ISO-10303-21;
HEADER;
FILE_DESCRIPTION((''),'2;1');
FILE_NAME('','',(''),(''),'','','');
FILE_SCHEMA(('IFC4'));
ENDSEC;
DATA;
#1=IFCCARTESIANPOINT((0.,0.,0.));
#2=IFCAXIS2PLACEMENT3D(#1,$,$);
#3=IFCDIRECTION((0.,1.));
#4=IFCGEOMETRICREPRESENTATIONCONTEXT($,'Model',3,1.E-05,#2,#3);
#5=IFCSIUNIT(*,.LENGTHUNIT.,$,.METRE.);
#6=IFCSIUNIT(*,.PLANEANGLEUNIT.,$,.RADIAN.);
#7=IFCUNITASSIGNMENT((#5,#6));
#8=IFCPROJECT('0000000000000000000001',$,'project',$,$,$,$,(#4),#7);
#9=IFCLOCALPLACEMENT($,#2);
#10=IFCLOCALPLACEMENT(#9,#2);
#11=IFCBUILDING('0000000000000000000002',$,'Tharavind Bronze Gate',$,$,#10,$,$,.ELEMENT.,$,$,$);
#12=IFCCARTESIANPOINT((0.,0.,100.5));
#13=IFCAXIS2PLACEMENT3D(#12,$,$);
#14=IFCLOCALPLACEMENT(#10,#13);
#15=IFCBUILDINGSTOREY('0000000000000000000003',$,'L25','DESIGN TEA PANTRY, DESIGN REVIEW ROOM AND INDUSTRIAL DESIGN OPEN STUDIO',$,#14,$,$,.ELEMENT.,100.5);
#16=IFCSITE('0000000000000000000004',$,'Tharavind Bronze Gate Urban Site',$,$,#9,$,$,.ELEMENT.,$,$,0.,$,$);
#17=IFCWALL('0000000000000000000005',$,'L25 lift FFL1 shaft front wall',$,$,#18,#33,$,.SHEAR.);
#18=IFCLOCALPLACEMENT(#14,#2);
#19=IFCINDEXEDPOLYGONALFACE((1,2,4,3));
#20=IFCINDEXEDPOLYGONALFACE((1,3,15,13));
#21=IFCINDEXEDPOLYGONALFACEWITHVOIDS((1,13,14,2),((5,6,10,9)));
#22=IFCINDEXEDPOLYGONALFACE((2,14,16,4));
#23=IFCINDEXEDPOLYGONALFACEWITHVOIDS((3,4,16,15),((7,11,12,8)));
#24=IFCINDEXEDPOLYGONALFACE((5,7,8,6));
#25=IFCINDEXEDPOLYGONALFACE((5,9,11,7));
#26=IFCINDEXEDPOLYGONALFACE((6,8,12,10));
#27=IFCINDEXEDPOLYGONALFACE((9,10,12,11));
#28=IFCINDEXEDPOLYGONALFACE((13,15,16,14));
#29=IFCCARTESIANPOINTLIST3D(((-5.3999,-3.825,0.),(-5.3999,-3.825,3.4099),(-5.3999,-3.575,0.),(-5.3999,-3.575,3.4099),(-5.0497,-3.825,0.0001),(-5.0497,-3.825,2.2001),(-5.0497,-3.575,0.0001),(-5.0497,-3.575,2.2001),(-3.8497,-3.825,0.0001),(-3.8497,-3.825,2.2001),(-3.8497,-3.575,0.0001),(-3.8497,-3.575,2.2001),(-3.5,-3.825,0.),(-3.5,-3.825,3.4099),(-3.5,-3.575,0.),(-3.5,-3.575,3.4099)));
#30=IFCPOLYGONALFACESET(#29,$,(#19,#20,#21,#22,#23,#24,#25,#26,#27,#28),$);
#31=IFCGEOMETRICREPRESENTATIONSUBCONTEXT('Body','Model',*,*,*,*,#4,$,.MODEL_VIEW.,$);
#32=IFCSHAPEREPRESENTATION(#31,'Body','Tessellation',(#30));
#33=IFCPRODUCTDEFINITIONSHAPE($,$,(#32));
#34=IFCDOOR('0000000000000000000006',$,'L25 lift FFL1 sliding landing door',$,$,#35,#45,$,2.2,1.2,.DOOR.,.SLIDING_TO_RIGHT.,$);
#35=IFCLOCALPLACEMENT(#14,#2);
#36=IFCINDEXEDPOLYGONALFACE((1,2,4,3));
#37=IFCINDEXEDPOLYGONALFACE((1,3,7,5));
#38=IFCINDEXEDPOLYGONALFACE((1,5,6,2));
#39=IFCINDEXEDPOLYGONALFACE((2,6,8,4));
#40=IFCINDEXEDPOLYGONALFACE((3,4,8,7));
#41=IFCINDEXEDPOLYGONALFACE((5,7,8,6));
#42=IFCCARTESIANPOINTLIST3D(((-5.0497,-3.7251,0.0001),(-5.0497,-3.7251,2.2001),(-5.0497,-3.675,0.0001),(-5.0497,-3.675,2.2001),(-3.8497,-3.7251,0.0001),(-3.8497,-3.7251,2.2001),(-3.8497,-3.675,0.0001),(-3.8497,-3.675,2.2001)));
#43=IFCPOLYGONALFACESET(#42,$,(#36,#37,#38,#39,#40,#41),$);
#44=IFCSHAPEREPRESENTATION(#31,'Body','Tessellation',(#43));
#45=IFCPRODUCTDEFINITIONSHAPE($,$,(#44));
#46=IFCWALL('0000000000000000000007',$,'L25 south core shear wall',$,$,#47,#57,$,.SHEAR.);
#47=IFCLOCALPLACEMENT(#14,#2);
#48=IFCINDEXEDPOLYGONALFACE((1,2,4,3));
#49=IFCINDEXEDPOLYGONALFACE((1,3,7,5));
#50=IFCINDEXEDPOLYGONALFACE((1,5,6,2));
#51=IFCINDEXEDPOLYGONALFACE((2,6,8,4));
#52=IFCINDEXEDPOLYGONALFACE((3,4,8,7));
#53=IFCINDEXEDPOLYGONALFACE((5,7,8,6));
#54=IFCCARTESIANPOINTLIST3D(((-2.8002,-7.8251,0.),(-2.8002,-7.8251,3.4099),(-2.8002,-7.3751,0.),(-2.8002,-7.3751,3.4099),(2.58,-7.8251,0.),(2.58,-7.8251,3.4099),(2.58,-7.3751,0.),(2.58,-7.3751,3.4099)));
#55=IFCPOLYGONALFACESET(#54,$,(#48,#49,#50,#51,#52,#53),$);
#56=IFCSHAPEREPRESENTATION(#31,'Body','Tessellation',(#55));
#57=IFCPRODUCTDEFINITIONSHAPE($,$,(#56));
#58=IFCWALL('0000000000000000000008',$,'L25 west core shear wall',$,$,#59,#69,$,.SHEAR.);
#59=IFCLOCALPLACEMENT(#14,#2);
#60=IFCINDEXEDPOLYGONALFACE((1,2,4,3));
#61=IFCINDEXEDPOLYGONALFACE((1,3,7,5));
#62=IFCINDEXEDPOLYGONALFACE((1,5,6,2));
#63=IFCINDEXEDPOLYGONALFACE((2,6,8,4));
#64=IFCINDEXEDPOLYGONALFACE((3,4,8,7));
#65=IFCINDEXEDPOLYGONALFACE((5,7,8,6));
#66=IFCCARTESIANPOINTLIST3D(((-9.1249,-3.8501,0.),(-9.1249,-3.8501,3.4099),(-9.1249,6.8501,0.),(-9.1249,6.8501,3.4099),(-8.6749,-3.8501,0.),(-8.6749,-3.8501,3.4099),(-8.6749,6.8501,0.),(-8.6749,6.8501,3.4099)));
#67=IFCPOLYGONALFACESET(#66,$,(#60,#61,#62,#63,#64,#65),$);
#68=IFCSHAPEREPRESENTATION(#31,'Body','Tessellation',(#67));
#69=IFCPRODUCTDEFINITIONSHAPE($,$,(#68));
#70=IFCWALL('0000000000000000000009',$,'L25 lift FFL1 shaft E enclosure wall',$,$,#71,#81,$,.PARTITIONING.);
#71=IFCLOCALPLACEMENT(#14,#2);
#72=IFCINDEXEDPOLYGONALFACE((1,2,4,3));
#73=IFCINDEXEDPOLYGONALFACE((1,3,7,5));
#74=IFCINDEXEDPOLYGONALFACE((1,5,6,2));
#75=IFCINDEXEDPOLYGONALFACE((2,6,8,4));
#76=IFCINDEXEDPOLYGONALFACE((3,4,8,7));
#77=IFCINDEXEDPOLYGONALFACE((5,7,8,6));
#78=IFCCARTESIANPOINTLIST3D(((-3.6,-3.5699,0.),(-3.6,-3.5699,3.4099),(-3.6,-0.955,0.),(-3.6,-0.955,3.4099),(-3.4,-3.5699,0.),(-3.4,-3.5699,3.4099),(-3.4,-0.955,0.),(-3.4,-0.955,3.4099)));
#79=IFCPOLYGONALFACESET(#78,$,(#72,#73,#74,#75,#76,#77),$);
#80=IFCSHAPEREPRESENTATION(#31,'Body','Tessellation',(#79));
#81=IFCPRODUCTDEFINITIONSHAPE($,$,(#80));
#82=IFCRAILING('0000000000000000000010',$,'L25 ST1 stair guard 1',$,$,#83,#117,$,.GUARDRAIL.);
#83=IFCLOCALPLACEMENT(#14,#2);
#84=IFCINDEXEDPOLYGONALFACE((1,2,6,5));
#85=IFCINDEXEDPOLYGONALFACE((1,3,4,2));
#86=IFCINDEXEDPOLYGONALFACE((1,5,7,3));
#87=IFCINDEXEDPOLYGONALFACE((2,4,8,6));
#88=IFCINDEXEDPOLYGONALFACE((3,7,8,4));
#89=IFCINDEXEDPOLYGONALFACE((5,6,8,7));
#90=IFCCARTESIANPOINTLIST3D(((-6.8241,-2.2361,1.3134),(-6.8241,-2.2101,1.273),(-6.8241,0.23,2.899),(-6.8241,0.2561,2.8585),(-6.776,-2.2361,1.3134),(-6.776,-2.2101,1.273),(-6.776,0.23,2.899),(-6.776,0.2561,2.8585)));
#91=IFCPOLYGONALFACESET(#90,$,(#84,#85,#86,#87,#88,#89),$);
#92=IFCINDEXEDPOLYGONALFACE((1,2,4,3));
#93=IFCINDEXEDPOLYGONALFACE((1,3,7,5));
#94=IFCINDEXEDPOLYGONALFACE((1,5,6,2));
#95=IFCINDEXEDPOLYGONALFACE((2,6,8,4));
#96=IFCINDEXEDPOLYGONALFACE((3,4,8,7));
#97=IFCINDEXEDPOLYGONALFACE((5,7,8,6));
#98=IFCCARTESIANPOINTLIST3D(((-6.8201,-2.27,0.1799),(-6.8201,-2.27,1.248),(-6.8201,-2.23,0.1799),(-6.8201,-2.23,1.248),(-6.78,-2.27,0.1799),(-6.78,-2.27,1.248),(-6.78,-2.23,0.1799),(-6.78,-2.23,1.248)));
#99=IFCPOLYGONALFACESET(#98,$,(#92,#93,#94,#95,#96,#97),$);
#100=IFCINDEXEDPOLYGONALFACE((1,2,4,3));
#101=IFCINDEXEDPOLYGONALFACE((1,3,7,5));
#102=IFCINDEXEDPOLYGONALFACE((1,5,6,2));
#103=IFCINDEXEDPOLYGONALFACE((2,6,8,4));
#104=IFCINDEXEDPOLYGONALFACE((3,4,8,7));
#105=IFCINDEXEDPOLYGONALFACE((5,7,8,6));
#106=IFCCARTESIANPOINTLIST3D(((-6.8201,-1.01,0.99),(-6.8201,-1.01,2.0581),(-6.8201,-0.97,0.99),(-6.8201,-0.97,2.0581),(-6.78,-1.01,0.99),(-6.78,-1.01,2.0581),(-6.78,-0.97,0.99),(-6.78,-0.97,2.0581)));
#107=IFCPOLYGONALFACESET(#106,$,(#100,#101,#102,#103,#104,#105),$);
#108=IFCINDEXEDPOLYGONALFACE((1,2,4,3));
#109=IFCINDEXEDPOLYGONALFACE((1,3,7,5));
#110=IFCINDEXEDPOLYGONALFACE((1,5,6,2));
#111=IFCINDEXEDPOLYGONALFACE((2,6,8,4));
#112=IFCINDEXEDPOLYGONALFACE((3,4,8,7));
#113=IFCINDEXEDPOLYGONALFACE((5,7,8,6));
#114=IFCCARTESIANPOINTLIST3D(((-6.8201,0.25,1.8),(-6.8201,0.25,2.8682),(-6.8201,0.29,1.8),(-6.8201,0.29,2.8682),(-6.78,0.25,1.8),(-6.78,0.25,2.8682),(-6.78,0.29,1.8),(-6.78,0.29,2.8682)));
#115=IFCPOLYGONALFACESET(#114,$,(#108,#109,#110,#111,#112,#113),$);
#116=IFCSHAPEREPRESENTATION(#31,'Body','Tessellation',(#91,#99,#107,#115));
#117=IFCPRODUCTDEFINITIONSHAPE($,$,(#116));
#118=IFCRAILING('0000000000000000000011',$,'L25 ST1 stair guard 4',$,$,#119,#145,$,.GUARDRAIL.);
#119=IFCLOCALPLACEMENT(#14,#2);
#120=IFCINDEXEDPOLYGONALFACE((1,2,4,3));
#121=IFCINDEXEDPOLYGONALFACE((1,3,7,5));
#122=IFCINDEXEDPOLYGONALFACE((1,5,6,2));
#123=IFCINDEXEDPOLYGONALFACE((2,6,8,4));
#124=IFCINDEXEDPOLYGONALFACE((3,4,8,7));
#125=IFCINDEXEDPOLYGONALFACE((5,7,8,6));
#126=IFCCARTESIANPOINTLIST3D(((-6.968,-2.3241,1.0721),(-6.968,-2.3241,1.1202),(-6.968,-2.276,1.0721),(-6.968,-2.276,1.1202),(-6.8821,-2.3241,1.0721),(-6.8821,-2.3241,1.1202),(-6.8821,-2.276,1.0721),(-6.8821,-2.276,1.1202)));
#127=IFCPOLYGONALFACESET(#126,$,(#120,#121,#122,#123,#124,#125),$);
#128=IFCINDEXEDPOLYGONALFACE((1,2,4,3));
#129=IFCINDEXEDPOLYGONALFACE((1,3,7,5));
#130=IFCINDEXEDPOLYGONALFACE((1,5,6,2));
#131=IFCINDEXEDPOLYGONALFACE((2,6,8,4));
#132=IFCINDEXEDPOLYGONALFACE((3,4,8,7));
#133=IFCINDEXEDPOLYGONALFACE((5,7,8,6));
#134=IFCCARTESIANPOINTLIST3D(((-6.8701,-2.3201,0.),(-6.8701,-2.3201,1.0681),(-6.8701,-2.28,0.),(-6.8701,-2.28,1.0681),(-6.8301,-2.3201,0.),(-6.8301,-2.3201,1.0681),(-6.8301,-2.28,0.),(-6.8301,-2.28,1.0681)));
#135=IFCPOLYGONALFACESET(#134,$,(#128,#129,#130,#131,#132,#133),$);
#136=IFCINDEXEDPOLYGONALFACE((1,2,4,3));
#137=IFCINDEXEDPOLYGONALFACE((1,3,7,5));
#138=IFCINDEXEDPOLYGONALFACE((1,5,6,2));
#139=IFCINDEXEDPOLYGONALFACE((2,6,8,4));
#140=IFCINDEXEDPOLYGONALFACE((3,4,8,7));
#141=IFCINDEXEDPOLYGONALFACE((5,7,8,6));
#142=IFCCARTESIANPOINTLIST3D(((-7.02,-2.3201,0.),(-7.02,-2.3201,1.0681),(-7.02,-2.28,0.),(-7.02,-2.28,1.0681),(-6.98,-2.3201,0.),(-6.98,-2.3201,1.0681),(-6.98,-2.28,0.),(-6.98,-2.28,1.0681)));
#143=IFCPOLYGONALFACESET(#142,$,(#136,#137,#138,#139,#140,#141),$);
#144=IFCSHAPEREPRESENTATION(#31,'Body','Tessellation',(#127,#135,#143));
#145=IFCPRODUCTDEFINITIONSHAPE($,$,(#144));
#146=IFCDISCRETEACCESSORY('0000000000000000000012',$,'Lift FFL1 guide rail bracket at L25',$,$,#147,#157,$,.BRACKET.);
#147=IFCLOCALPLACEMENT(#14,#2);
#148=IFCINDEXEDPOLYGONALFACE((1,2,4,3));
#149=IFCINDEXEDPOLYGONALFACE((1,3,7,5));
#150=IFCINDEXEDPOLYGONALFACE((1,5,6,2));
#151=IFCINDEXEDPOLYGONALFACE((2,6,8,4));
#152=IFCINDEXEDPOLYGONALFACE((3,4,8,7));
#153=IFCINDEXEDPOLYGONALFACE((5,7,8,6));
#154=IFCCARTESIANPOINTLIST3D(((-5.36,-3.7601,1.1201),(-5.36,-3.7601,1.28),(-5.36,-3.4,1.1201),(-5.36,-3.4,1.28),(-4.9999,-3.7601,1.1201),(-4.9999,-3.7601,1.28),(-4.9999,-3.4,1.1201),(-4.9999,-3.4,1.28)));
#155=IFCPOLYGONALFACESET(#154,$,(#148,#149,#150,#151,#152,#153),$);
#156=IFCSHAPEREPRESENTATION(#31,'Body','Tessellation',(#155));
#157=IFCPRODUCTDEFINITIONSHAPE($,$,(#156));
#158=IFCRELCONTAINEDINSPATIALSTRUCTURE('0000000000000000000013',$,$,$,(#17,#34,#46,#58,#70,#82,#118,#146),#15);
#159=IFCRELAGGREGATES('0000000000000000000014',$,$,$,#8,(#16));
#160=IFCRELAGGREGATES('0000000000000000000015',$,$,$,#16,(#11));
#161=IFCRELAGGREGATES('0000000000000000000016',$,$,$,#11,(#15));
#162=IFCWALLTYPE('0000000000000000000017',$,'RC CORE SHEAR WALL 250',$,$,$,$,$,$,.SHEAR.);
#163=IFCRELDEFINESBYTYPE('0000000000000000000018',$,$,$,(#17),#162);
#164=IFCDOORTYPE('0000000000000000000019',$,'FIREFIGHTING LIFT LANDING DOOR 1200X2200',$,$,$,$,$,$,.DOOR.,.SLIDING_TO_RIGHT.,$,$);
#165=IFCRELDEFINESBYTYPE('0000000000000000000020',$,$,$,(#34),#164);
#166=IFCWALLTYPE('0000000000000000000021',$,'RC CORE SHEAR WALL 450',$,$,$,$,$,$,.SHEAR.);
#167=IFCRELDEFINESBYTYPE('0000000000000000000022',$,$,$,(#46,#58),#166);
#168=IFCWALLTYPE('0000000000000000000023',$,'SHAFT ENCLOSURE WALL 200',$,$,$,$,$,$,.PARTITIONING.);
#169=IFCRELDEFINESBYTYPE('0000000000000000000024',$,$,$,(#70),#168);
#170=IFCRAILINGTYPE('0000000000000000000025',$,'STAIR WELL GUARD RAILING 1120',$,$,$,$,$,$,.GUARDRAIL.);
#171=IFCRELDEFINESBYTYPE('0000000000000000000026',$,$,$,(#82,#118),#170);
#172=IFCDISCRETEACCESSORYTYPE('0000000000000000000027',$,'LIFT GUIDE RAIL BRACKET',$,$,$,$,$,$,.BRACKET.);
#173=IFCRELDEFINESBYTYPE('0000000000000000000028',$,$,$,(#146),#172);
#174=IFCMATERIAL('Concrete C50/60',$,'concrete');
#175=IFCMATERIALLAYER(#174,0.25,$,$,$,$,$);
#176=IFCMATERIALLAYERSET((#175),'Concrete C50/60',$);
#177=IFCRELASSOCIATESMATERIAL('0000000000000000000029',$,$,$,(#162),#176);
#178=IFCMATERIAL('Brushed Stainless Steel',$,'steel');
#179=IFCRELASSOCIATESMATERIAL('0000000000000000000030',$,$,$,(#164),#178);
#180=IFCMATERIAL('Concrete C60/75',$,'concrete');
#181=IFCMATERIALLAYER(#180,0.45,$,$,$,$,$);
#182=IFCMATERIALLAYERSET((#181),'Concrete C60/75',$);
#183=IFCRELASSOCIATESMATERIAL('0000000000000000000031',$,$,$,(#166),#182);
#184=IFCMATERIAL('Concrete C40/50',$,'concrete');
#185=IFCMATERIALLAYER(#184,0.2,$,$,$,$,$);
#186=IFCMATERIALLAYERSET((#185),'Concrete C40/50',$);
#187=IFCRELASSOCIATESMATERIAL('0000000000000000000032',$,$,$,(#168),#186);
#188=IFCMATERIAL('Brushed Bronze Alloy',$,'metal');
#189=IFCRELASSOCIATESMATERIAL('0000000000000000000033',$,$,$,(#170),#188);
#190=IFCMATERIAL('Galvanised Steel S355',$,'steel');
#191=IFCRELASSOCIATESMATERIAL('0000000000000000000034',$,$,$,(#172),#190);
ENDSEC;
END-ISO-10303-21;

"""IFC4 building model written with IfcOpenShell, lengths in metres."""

from ifc_helpers import new_model, si_unit, direction, frame, frame_2d, origin, origin_2d, place, context, subcontext, project, spatial, rectangle, extrude, material, layer, layer_set, type_object, element, fill, save


model = new_model("IFC4")

# Units and contexts
model_context = context("Model", 3, precision=1e-05, world=origin(), true_north=direction((0.0, 1.0)))
body_context = subcontext(model_context, "Body", "Model", "MODEL_VIEW")
ifc_project = project(units=[si_unit("LENGTHUNIT", "METRE"), si_unit("PLANEANGLEUNIT", "RADIAN")], contexts=[model_context])

# Site, building, storey
site_placement = place(None, origin())
site = spatial("IfcSite", under=ifc_project, at=site_placement, Name="Tharavind Bronze Gate Urban Site", CompositionType="ELEMENT", RefElevation=0.0)
building_placement = place(site_placement, origin())
building = spatial("IfcBuilding", under=site, at=building_placement, Name="Tharavind Bronze Gate", CompositionType="ELEMENT")
storey_placement = place(building_placement, frame((0.0, 0.0, 100.5)))
storey = spatial("IfcBuildingStorey", under=building, at=storey_placement, Name="L25", Description="DESIGN TEA PANTRY, DESIGN REVIEW ROOM AND INDUSTRIAL DESIGN OPEN STUDIO", CompositionType="ELEMENT", Elevation=100.5)

# Shared definitions
ifc_material_1 = material(Name="Concrete C60/75", Category="concrete")

# Shared definitions
ifc_material_2 = material(Name="Concrete C50/60", Category="concrete")
ifc_layer_1 = layer(ifc_material_2, 0.25)
ifc_layer_set_1 = layer_set([ifc_layer_1], Name="Concrete C50/60")
wall_type_1 = type_object("IfcWallType", Name="RC CORE SHEAR WALL 250", PredefinedType="SHEAR", material=ifc_layer_set_1)

# Wall, opening, door
wall_1_placement = place(storey_placement, frame((-5.3999, -3.7, 0.0), z_axis=(0.0, 0.0, 1.0), x_axis=(1.0, 0.0, 0.0)))
wall_1 = element("IfcWall", 1, at=wall_1_placement, inside=storey, type_object=wall_type_1, Name="L25 lift FFL1 shaft front wall", PredefinedType="SHEAR", context=body_context, shape_type="SweptSolid", body=[
    extrude(rectangle(XDim=1.8999, YDim=0.25, at=frame_2d((0.95, 0.0))), origin(), (0.0, 0.0, 1.0), 3.4099),
])
opening_1_placement = place(wall_1_placement, frame((0.3501, 0.0, 0.0)))
opening_1 = element("IfcOpeningElement", 2, at=opening_1_placement, cuts=wall_1, PredefinedType="OPENING", context=body_context, shape_type="SweptSolid", body=[
    extrude(rectangle(XDim=1.2, YDim=2.2, at=frame_2d((0.6001, 1.1001))), frame((0.0, 0.135, 0.0), z_axis=(0.0, -1.0, 0.0), x_axis=(1.0, 0.0, 0.0)), (0.0, 0.0, 1.0), 0.27),
])
ifc_material_3 = material(Name="Brushed Stainless Steel", Category="steel")
door_type_1 = type_object("IfcDoorType", Name="FIREFIGHTING LIFT LANDING DOOR 1200X2200", OperationType="SLIDING_TO_RIGHT", PredefinedType="DOOR", material=ifc_material_3)
door_1_placement = place(opening_1_placement, origin())
door_1 = element("IfcDoor", 3, at=door_1_placement, inside=storey, type_object=door_type_1, Name="L25 lift FFL1 sliding landing door", OperationType="SLIDING_TO_RIGHT", OverallHeight=2.2, OverallWidth=1.2, PredefinedType="DOOR", context=body_context, shape_type="SweptSolid", body=[
    extrude(rectangle(XDim=1.2, YDim=2.2, at=frame_2d((0.6001, 1.1001))), frame((0.0, 0.0249, 0.0), z_axis=(0.0, -1.0, 0.0), x_axis=(1.0, 0.0, 0.0)), (0.0, 0.0, 1.0), 0.05),
])
fill(opening_1, door_1)

# Walls
ifc_layer_2 = layer(ifc_material_1, 0.45)
ifc_layer_set_2 = layer_set([ifc_layer_2], Name="Concrete C60/75")
wall_type_2 = type_object("IfcWallType", Name="RC CORE SHEAR WALL 450", PredefinedType="SHEAR", material=ifc_layer_set_2)
wall_2_placement = place(storey_placement, frame((-2.8, -7.6001, 0.0), z_axis=(0.0, 0.0, 1.0), x_axis=(1.0, 0.0, 0.0)))
element("IfcWall", 4, at=wall_2_placement, inside=storey, type_object=wall_type_2, Name="L25 south core shear wall", PredefinedType="SHEAR", context=body_context, shape_type="SweptSolid", body=[
    extrude(rectangle(XDim=5.3801, YDim=0.45, at=frame_2d((2.6899, 0.0))), origin(), (0.0, 0.0, 1.0), 3.4099),
])
wall_3_placement = place(storey_placement, frame((-8.8999, -3.8501, 0.0), z_axis=(0.0, 0.0, 1.0), x_axis=(0.0, 1.0, 0.0)))
element("IfcWall", 5, at=wall_3_placement, inside=storey, type_object=wall_type_2, Name="L25 west core shear wall", PredefinedType="SHEAR", context=body_context, shape_type="SweptSolid", body=[
    extrude(rectangle(XDim=10.7002, YDim=0.45, at=frame_2d((5.3501, 0.0))), origin(), (0.0, 0.0, 1.0), 3.4099),
])
ifc_material_4 = material(Name="Concrete C40/50", Category="concrete")
ifc_layer_3 = layer(ifc_material_4, 0.2)
ifc_layer_set_3 = layer_set([ifc_layer_3], Name="Concrete C40/50")
wall_type_3 = type_object("IfcWallType", Name="SHAFT ENCLOSURE WALL 200", PredefinedType="PARTITIONING", material=ifc_layer_set_3)
wall_4_placement = place(storey_placement, frame((-3.5, -3.5701, 0.0), z_axis=(0.0, 0.0, 1.0), x_axis=(0.0, 1.0, 0.0)))
element("IfcWall", 6, at=wall_4_placement, inside=storey, type_object=wall_type_3, Name="L25 lift FFL1 shaft E enclosure wall", PredefinedType="PARTITIONING", context=body_context, shape_type="SweptSolid", body=[
    extrude(rectangle(XDim=2.615, YDim=0.2, at=frame_2d((1.3076, 0.0))), origin(), (0.0, 0.0, 1.0), 3.4099),
])

# Railings
ifc_material_5 = material(Name="Brushed Bronze Alloy", Category="metal")
railing_type = type_object("IfcRailingType", Name="STAIR WELL GUARD RAILING 1120", PredefinedType="GUARDRAIL", material=ifc_material_5)
railing_1_placement = place(storey_placement, frame((-6.8, -2.25, 0.1799)))
element("IfcRailing", 7, at=railing_1_placement, inside=storey, type_object=railing_type, Name="L25 ST1 stair guard 1", PredefinedType="GUARDRAIL", context=body_context, shape_type="SweptSolid", body=[
    extrude(rectangle(XDim=0.0481, YDim=0.0481, at=origin_2d()), frame((0.0, 0.0269, 1.1133), z_axis=(0.0, 0.841163, 0.540782), x_axis=(-1.0, 0.0, 0.0)), (0.0, 0.0, 1.0), 2.9319),
    extrude(rectangle(XDim=0.04, YDim=0.04, at=origin_2d()), origin(), (0.0, 0.0, 1.0), 1.0681),
    extrude(rectangle(XDim=0.04, YDim=0.04, at=origin_2d()), frame((0.0, 1.26, 0.8101)), (0.0, 0.0, 1.0), 1.0681),
    extrude(rectangle(XDim=0.04, YDim=0.04, at=origin_2d()), frame((0.0, 2.52, 1.6201)), (0.0, 0.0, 1.0), 1.0681),
])
railing_2_placement = place(storey_placement, frame((-6.8501, -2.3, 0.0)))
element("IfcRailing", 8, at=railing_2_placement, inside=storey, type_object=railing_type, Name="L25 ST1 stair guard 4", PredefinedType="GUARDRAIL", context=body_context, shape_type="SweptSolid", body=[
    extrude(rectangle(XDim=0.0481, YDim=0.0481, at=origin_2d()), frame((-0.032, 0.0, 1.0962), z_axis=(-1.0, 0.0, 0.0), x_axis=(0.0, -1.0, 0.0)), (0.0, 0.0, 1.0), 0.0859),
    extrude(rectangle(XDim=0.04, YDim=0.04, at=origin_2d()), origin(), (0.0, 0.0, 1.0), 1.0681),
    extrude(rectangle(XDim=0.04, YDim=0.04, at=origin_2d()), frame((-0.1499, 0.0, 0.0)), (0.0, 0.0, 1.0), 1.0681),
])

# Discrete accessory
ifc_material_6 = material(Name="Galvanised Steel S355", Category="steel")
discrete_accessory_type = type_object("IfcDiscreteAccessoryType", Name="LIFT GUIDE RAIL BRACKET", PredefinedType="BRACKET", material=ifc_material_6)
discrete_accessory_placement = place(storey_placement, frame((-5.1799, -3.5801, 1.1201), z_axis=(0.0, 0.0, 1.0), x_axis=(1.0, 0.0, 0.0)))
element("IfcDiscreteAccessory", 9, at=discrete_accessory_placement, inside=storey, type_object=discrete_accessory_type, Name="Lift FFL1 guide rail bracket at L25", PredefinedType="BRACKET", context=body_context, shape_type="SweptSolid", body=[
    extrude(rectangle(XDim=0.3601, YDim=0.3601, at=origin_2d()), origin(), (0.0, 0.0, 1.0), 0.1599),
])

save(model, "model.ifc")
